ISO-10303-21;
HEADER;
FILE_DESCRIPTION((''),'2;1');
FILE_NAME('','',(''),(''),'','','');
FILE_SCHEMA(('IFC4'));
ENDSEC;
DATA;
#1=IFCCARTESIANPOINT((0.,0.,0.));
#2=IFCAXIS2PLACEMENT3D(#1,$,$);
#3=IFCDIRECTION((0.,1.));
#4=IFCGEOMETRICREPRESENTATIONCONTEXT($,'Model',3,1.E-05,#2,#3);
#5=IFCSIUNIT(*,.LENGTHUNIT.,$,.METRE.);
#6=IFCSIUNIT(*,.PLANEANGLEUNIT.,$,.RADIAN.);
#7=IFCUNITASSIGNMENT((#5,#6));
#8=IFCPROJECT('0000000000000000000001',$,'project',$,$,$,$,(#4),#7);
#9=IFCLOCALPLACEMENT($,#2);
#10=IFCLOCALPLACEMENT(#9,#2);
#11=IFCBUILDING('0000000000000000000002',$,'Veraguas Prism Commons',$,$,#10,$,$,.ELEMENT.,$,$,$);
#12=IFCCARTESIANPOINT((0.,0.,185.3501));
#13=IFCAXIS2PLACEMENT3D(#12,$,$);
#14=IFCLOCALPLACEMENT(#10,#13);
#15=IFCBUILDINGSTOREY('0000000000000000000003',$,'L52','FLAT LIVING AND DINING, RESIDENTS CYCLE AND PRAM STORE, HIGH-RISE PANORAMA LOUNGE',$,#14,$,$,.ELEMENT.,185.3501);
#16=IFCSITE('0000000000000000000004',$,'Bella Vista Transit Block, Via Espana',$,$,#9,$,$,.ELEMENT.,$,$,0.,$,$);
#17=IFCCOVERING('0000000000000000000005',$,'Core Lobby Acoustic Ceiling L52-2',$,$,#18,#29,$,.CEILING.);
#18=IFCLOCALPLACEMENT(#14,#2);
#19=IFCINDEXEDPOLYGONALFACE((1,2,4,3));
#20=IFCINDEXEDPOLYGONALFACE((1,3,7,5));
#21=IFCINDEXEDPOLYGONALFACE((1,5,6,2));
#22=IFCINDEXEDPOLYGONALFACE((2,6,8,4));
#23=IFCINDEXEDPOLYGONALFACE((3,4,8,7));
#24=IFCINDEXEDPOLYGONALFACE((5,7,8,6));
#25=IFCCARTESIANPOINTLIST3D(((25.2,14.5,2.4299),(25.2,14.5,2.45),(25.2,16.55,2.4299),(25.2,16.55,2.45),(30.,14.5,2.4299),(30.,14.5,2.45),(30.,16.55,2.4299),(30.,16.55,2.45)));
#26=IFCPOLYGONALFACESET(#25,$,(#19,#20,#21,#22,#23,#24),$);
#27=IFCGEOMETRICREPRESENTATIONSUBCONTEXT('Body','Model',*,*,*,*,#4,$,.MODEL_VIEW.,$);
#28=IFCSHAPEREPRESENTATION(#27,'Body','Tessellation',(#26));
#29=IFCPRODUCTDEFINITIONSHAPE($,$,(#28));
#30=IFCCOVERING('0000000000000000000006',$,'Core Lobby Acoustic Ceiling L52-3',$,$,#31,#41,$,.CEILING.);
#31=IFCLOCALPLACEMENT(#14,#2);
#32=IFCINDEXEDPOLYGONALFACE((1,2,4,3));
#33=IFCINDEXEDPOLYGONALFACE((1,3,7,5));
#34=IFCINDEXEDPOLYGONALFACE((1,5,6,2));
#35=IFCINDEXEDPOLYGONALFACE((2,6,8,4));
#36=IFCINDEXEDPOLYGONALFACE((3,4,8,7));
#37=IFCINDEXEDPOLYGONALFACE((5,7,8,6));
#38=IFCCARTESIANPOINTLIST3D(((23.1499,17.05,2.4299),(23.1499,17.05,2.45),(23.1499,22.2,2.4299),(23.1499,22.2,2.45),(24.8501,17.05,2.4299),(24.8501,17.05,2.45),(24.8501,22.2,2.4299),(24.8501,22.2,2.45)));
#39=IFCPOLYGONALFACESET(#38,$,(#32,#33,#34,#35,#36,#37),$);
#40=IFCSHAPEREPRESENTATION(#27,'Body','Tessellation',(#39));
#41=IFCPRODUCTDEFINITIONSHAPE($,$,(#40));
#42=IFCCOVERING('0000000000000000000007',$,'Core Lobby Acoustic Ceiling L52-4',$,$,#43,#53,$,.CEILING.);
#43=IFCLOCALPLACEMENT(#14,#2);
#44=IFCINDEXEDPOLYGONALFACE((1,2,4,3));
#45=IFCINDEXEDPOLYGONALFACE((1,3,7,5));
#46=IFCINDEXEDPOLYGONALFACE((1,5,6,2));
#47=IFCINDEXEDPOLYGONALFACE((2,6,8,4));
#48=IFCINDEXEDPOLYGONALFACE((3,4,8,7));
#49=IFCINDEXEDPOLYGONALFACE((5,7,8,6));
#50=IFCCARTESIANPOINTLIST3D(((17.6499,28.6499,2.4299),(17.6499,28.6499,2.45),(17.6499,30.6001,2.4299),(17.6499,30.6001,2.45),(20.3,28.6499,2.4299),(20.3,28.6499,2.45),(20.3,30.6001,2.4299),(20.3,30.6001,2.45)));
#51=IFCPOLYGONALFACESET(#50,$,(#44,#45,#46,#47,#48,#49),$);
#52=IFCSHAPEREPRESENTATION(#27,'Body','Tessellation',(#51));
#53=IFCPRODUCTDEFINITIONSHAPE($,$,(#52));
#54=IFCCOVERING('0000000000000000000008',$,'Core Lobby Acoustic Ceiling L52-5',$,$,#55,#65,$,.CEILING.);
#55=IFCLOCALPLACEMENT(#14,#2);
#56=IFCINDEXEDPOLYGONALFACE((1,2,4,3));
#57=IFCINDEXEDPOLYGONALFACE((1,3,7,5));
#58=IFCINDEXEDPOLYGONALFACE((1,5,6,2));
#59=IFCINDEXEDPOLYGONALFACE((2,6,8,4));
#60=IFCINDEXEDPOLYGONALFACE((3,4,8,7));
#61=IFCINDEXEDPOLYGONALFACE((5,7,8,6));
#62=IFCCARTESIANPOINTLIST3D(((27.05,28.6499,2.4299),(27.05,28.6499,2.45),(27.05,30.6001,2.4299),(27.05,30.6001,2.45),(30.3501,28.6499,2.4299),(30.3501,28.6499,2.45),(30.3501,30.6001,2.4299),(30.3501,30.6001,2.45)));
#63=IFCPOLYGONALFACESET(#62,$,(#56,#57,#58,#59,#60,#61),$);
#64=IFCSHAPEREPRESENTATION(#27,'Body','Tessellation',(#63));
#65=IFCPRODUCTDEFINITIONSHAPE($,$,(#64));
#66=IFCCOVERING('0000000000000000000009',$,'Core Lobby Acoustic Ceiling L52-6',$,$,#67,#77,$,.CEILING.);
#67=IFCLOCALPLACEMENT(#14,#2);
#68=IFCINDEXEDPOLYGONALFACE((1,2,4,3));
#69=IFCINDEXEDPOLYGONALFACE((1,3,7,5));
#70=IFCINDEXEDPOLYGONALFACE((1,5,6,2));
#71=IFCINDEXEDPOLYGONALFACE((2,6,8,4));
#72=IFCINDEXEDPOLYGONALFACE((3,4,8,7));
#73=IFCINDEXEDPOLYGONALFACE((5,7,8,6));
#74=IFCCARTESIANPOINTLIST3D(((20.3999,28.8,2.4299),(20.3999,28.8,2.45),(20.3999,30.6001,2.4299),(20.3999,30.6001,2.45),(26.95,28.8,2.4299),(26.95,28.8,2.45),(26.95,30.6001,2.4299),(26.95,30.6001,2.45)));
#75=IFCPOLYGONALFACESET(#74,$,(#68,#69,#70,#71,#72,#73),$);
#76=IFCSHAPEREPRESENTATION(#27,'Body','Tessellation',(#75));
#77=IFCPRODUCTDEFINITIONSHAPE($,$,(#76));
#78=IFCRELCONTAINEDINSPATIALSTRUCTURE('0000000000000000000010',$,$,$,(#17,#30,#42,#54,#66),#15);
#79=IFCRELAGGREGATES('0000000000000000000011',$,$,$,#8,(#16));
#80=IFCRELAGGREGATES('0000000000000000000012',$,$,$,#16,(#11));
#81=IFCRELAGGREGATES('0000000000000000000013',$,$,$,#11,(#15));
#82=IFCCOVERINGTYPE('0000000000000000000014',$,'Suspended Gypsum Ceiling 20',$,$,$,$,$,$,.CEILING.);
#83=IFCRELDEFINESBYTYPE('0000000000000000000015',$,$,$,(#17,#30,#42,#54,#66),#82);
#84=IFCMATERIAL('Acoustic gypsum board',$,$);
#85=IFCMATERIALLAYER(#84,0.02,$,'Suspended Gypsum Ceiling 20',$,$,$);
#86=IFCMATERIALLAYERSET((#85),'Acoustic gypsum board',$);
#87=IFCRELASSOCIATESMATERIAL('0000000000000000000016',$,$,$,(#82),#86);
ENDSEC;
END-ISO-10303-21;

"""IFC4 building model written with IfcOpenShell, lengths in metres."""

from ifc_helpers import new_model, si_unit, direction, frame, origin, place, context, subcontext, project, spatial, polyline, outline, extrude, material, layer, layer_set, type_object, element, save


model = new_model("IFC4")

# Units and contexts
model_context = context("Model", 3, precision=1e-05, world=origin(), true_north=direction((0.0, 1.0)))
body_context = subcontext(model_context, "Body", "Model", "MODEL_VIEW")
ifc_project = project(units=[si_unit("LENGTHUNIT", "METRE"), si_unit("PLANEANGLEUNIT", "RADIAN")], contexts=[model_context])

# Site, building, storey
site_placement = place(None, origin())
site = spatial("IfcSite", under=ifc_project, at=site_placement, Name="Bella Vista Transit Block, Via Espana", CompositionType="ELEMENT", RefElevation=0.0)
building_placement = place(site_placement, origin())
building = spatial("IfcBuilding", under=site, at=building_placement, Name="Veraguas Prism Commons", CompositionType="ELEMENT")
storey_placement = place(building_placement, frame((0.0, 0.0, 185.3501)))
storey = spatial("IfcBuildingStorey", under=building, at=storey_placement, Name="L52", Description="FLAT LIVING AND DINING, RESIDENTS CYCLE AND PRAM STORE, HIGH-RISE PANORAMA LOUNGE", CompositionType="ELEMENT", Elevation=185.3501)

# Coverings
ifc_material_1 = material(Name="Acoustic gypsum board")
ifc_layer_1 = layer(ifc_material_1, 0.02, Name="Suspended Gypsum Ceiling 20")
ifc_layer_set_1 = layer_set([ifc_layer_1], Name="Acoustic gypsum board")
covering_type_1 = type_object("IfcCoveringType", Name="Suspended Gypsum Ceiling 20", PredefinedType="CEILING", material=ifc_layer_set_1)
covering_1_placement = place(storey_placement, frame((0.0, 0.0, 2.4299)))
element("IfcCovering", 1, at=covering_1_placement, inside=storey, type_object=covering_type_1, Name="Core Lobby Acoustic Ceiling L52-2", PredefinedType="CEILING", context=body_context, shape_type="SweptSolid", body=[
    extrude(outline(polyline([(25.2, 14.5), (30.0, 14.5), (30.0, 16.55), (25.2, 16.55), (25.2, 14.5)])), origin(), (0.0, 0.0, 1.0), 0.02),
])
covering_2_placement = place(storey_placement, frame((0.0, 0.0, 2.4299)))
element("IfcCovering", 2, at=covering_2_placement, inside=storey, type_object=covering_type_1, Name="Core Lobby Acoustic Ceiling L52-3", PredefinedType="CEILING", context=body_context, shape_type="SweptSolid", body=[
    extrude(outline(polyline([(23.1499, 17.05), (24.8501, 17.05), (24.8501, 22.2), (23.1499, 22.2), (23.1499, 17.05)])), origin(), (0.0, 0.0, 1.0), 0.02),
])
covering_3_placement = place(storey_placement, frame((0.0, 0.0, 2.4299)))
element("IfcCovering", 3, at=covering_3_placement, inside=storey, type_object=covering_type_1, Name="Core Lobby Acoustic Ceiling L52-4", PredefinedType="CEILING", context=body_context, shape_type="SweptSolid", body=[
    extrude(outline(polyline([(17.6499, 28.6499), (20.3, 28.6499), (20.3, 30.6001), (17.6499, 30.6001), (17.6499, 28.6499)])), origin(), (0.0, 0.0, 1.0), 0.02),
])
covering_4_placement = place(storey_placement, frame((0.0, 0.0, 2.4299)))
element("IfcCovering", 4, at=covering_4_placement, inside=storey, type_object=covering_type_1, Name="Core Lobby Acoustic Ceiling L52-5", PredefinedType="CEILING", context=body_context, shape_type="SweptSolid", body=[
    extrude(outline(polyline([(27.05, 28.6499), (30.3501, 28.6499), (30.3501, 30.6001), (27.05, 30.6001), (27.05, 28.6499)])), origin(), (0.0, 0.0, 1.0), 0.02),
])
covering_5_placement = place(storey_placement, frame((0.0, 0.0, 2.4299)))
element("IfcCovering", 5, at=covering_5_placement, inside=storey, type_object=covering_type_1, Name="Core Lobby Acoustic Ceiling L52-6", PredefinedType="CEILING", context=body_context, shape_type="SweptSolid", body=[
    extrude(outline(polyline([(20.3999, 28.8), (26.95, 28.8), (26.95, 30.6001), (20.3999, 30.6001), (20.3999, 28.8)])), origin(), (0.0, 0.0, 1.0), 0.02),
])

save(model, "model.ifc")
